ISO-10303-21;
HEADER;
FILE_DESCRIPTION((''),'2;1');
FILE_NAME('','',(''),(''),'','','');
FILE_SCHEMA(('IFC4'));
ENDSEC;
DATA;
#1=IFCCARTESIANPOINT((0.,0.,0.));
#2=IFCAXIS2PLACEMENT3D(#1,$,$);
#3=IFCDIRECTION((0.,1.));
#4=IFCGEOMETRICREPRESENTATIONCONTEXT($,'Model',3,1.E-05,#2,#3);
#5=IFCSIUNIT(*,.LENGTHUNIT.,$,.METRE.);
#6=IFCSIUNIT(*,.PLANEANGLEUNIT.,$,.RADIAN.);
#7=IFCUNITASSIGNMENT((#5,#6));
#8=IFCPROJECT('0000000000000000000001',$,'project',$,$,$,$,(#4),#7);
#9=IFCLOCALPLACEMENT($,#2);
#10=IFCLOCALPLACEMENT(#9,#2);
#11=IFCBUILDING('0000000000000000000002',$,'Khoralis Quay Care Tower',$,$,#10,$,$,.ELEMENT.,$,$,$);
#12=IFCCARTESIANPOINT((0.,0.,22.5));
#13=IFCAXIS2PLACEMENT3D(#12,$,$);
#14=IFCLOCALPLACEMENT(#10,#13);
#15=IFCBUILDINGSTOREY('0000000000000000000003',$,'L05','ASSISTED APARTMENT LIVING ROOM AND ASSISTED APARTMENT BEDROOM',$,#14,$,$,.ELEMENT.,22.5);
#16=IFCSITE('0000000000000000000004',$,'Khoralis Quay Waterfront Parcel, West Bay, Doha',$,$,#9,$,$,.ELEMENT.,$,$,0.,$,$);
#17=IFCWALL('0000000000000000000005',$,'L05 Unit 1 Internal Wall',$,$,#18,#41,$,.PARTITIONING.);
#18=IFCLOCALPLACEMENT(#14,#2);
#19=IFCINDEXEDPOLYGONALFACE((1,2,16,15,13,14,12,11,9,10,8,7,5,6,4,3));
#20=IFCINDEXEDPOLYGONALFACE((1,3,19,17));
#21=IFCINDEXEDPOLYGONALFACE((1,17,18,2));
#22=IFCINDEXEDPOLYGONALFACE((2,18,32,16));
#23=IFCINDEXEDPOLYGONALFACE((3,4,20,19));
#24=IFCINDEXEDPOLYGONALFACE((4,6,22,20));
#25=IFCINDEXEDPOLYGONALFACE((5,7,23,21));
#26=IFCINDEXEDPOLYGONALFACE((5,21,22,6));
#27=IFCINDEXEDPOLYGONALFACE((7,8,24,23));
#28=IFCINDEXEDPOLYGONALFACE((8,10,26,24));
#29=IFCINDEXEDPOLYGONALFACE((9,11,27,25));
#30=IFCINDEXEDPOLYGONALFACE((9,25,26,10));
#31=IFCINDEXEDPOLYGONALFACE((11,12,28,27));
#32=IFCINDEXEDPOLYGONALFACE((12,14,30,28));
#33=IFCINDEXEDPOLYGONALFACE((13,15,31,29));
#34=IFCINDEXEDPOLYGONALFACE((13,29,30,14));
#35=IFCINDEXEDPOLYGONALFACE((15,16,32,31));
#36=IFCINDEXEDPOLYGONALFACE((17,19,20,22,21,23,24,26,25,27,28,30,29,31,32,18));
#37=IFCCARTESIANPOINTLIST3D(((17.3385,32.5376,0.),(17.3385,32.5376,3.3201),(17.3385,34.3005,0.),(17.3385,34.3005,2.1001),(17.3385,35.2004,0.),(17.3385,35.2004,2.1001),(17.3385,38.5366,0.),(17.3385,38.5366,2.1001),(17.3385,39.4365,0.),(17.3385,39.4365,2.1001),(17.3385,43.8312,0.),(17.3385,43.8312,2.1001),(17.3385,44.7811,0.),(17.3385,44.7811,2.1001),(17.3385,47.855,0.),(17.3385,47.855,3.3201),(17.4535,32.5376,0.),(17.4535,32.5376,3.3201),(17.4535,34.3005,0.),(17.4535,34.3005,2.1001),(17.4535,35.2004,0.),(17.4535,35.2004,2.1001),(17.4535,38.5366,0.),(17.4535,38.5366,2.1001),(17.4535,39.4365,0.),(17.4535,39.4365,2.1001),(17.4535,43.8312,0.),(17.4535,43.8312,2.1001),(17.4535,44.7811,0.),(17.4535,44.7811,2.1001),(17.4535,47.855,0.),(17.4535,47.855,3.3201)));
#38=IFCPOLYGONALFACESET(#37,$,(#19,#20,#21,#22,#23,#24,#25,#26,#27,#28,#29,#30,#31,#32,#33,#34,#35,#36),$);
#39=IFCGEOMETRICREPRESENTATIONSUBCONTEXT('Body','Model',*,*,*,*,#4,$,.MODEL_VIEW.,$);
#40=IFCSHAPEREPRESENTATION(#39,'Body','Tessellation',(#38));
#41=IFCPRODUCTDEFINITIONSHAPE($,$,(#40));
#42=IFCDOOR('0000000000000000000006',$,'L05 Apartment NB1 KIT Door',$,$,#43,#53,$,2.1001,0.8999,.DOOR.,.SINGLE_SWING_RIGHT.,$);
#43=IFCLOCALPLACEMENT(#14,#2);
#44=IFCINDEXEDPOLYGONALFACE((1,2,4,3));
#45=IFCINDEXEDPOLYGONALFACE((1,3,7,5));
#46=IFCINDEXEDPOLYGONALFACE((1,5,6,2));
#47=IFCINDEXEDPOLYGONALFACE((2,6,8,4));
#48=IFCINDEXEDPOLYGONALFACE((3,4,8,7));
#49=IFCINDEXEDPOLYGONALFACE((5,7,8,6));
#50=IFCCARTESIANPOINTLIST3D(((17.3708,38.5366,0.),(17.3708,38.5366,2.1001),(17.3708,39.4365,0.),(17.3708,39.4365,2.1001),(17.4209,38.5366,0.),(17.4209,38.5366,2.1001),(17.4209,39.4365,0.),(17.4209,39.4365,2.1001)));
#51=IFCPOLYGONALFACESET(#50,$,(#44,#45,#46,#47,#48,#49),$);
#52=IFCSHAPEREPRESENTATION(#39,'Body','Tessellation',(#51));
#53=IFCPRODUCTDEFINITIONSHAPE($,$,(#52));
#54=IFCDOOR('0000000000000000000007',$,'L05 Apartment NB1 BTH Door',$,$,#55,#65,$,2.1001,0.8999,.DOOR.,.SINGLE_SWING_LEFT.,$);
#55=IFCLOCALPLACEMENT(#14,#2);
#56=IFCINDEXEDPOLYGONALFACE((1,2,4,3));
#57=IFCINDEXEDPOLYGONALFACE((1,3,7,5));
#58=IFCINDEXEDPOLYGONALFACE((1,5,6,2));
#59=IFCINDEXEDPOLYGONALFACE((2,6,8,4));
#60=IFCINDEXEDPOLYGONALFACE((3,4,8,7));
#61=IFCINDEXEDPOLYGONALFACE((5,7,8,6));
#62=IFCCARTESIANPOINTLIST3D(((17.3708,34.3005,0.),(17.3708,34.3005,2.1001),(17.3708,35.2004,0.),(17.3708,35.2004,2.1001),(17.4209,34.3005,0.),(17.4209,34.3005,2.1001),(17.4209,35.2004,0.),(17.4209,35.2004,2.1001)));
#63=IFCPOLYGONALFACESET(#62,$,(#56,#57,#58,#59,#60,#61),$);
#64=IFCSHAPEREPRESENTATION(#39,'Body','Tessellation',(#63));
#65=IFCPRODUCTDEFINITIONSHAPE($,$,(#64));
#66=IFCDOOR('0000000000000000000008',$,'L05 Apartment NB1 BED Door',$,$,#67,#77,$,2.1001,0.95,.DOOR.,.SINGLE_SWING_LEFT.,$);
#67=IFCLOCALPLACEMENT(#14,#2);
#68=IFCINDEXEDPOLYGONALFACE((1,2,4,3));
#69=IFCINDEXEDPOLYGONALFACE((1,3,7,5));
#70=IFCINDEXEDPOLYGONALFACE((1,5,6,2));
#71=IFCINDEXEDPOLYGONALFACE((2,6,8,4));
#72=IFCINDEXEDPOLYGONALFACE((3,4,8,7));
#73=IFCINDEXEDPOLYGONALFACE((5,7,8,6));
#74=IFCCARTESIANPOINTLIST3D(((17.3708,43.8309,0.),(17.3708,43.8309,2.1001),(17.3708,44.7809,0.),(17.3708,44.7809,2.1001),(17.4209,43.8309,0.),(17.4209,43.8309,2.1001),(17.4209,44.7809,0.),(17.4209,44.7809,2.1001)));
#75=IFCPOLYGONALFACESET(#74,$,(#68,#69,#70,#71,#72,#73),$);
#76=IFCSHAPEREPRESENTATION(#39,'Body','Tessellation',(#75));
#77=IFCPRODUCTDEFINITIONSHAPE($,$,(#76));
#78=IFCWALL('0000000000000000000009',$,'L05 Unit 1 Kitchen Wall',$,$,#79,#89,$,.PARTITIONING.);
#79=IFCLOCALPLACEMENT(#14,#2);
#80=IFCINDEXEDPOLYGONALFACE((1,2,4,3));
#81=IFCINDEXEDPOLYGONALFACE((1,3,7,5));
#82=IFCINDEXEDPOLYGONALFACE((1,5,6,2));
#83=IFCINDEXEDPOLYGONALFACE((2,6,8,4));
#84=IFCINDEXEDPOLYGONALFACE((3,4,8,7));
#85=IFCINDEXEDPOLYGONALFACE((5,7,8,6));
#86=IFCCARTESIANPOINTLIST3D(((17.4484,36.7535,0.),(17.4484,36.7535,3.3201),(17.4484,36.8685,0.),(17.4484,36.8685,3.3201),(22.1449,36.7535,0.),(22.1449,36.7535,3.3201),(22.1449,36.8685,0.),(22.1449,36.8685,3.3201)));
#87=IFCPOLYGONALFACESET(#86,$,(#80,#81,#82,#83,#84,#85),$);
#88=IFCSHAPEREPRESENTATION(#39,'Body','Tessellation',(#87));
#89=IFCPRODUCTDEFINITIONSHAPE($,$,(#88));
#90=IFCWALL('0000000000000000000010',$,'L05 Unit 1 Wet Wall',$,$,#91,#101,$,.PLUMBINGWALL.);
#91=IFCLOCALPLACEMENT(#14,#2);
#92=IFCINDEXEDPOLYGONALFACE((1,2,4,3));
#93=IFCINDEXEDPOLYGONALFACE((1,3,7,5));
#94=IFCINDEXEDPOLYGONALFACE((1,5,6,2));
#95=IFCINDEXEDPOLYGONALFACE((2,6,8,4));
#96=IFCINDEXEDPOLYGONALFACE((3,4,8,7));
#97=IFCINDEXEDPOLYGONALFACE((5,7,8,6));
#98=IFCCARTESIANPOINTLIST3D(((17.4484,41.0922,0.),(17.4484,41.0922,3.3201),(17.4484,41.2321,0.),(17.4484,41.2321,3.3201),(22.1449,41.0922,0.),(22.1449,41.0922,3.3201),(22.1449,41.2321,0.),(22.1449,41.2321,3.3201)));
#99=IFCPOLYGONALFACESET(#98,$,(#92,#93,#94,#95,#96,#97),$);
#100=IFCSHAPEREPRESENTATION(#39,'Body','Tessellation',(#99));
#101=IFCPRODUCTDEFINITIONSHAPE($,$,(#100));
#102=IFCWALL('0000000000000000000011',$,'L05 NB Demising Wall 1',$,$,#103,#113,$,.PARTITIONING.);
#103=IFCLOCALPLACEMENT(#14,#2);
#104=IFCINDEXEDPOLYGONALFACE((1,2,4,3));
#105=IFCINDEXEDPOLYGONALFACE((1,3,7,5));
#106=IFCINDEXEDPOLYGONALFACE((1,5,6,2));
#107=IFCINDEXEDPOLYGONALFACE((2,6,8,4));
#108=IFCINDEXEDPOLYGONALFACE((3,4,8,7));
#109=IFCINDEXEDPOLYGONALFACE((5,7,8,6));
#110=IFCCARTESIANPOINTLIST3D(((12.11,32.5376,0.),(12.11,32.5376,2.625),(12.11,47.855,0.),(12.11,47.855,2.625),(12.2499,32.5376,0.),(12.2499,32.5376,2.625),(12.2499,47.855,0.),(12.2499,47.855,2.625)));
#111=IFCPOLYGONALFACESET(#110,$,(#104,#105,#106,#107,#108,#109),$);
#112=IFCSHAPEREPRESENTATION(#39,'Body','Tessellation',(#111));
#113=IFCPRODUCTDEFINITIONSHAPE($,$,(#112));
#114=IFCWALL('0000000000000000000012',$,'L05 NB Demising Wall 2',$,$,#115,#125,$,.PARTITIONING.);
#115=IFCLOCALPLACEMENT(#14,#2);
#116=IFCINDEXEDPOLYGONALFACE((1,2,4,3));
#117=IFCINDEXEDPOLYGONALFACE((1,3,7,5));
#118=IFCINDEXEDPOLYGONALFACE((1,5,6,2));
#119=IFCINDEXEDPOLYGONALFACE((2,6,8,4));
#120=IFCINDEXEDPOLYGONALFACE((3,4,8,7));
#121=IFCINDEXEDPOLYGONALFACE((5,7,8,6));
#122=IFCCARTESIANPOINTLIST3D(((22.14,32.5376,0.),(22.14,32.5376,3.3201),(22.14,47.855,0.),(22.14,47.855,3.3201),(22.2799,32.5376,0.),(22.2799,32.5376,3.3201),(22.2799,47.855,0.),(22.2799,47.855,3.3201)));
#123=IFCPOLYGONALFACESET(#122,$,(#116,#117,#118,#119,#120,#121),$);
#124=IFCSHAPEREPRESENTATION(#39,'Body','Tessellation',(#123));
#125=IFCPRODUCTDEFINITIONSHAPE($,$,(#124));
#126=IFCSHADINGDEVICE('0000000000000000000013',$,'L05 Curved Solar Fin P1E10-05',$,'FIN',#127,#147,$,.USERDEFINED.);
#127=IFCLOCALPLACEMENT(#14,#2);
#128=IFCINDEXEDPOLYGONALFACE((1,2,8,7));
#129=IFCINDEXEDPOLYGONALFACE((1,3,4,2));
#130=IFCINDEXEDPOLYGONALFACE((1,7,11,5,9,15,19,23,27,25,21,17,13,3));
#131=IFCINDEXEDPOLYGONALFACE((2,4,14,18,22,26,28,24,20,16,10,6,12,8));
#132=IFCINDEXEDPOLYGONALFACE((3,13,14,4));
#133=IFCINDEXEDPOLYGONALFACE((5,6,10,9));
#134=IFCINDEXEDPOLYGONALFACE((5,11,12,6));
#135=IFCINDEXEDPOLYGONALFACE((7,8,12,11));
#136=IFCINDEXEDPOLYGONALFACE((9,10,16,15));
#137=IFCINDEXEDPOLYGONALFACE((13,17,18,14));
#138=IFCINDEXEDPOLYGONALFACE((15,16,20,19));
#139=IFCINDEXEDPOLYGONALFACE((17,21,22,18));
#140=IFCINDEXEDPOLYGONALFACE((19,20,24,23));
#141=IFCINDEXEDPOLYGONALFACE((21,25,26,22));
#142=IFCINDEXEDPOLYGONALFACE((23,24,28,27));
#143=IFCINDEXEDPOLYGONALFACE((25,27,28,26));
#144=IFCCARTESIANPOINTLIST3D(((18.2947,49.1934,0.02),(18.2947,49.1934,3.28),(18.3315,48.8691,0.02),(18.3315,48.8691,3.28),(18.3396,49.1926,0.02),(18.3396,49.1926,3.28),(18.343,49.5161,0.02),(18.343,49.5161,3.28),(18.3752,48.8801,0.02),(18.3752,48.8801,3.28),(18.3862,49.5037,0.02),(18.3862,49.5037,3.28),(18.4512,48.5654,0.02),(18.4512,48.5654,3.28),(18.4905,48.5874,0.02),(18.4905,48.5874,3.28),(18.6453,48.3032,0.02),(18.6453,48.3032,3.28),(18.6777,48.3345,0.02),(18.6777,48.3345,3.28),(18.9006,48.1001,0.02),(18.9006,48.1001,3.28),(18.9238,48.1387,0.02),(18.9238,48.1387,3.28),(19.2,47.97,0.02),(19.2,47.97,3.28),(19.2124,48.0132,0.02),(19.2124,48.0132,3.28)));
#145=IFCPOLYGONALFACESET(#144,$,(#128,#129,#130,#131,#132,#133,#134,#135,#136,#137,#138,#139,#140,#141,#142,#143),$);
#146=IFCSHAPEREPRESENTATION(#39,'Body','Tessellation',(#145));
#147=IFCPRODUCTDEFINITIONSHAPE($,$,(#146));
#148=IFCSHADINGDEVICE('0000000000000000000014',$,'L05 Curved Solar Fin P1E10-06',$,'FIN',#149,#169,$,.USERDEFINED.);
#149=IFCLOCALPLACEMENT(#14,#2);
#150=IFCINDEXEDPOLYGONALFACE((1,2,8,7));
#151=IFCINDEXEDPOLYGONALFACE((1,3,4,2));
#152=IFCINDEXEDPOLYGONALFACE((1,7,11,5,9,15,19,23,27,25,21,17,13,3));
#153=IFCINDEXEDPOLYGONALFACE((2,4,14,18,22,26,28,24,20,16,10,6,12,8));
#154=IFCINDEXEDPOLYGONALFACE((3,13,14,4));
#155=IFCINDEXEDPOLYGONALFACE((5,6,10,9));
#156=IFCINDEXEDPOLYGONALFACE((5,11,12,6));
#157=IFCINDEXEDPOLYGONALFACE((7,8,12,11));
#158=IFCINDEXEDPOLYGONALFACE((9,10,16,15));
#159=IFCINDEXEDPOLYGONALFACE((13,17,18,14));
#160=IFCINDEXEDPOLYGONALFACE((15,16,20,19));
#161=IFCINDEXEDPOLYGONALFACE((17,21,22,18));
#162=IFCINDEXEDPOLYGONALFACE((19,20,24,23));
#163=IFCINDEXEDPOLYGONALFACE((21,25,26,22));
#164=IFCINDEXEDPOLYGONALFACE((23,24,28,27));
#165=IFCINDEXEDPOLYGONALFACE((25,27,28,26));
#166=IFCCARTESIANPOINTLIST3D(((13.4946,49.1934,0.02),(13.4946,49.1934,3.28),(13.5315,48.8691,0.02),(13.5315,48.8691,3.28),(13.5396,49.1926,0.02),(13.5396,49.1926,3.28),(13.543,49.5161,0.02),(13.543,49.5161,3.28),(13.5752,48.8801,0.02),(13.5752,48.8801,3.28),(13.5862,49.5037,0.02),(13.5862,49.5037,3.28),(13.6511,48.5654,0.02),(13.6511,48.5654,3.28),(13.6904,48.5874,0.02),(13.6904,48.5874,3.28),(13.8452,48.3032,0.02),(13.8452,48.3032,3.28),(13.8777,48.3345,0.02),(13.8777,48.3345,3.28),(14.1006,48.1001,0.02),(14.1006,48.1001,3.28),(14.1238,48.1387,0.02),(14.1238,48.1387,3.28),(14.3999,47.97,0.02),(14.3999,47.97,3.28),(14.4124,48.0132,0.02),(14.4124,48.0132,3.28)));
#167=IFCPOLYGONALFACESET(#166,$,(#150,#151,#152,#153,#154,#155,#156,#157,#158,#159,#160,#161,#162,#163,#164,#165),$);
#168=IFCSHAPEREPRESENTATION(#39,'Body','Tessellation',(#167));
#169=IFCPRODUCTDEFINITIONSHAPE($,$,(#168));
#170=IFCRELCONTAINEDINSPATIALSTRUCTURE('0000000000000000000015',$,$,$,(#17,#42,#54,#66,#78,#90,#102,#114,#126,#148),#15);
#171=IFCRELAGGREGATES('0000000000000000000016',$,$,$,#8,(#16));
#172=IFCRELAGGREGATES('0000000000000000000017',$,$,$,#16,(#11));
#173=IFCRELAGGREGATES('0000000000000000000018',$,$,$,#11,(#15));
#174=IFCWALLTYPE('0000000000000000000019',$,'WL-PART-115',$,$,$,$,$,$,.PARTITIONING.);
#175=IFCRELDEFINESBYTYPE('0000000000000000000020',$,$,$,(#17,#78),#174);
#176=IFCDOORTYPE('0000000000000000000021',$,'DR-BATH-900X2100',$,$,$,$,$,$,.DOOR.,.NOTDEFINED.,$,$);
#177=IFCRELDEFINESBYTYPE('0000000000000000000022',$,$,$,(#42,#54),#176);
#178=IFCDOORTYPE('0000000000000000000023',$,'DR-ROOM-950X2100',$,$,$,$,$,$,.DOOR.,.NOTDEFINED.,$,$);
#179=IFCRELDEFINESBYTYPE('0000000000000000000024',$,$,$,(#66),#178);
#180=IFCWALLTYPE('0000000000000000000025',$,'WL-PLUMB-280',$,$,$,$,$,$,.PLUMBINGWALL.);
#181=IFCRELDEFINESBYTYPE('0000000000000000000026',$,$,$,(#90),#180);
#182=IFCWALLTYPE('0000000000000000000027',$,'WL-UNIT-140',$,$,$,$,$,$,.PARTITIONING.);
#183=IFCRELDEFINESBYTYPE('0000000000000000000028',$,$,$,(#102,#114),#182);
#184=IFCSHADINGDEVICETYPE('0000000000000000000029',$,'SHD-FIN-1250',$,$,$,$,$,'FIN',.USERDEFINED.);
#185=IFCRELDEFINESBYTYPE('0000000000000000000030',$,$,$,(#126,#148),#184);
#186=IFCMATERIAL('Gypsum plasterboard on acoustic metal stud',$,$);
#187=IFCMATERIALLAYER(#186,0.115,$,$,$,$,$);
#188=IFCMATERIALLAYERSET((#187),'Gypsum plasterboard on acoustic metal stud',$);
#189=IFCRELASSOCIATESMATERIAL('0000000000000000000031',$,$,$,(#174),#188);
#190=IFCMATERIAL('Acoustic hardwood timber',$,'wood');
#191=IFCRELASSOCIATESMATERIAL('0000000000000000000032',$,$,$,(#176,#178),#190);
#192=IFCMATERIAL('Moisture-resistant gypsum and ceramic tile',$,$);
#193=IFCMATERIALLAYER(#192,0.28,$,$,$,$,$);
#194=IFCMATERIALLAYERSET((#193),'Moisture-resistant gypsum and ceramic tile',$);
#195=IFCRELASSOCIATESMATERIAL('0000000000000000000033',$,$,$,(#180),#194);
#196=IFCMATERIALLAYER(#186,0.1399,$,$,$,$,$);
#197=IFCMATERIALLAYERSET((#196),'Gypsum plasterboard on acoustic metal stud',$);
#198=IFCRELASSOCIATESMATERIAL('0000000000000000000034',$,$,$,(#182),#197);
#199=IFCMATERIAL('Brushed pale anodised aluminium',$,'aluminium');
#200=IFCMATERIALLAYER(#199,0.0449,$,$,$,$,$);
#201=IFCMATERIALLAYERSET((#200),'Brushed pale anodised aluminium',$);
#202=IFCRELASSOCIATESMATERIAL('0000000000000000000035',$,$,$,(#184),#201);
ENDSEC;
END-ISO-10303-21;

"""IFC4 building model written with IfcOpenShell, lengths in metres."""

from ifc_helpers import new_model, si_unit, direction, frame, frame_2d, origin, place, context, subcontext, project, spatial, polyline, rectangle, outline, extrude, source, transform, mapped, material, layer, layer_set, type_object, element, fill, save


model = new_model("IFC4")

# Units and contexts
model_context = context("Model", 3, precision=1e-05, world=origin(), true_north=direction((0.0, 1.0)))
body_context = subcontext(model_context, "Body", "Model", "MODEL_VIEW")
ifc_project = project(units=[si_unit("LENGTHUNIT", "METRE"), si_unit("PLANEANGLEUNIT", "RADIAN")], contexts=[model_context])

# Site, building, storey
site_placement = place(None, origin())
site = spatial("IfcSite", under=ifc_project, at=site_placement, Name="Khoralis Quay Waterfront Parcel, West Bay, Doha", CompositionType="ELEMENT", RefElevation=0.0)
building_placement = place(site_placement, origin())
building = spatial("IfcBuilding", under=site, at=building_placement, Name="Khoralis Quay Care Tower", CompositionType="ELEMENT")
storey_placement = place(building_placement, frame((0.0, 0.0, 22.5)))
storey = spatial("IfcBuildingStorey", under=building, at=storey_placement, Name="L05", Description="ASSISTED APARTMENT LIVING ROOM AND ASSISTED APARTMENT BEDROOM", CompositionType="ELEMENT", Elevation=22.5)

# Wall, openings, doors
ifc_material_1 = material(Name="Gypsum plasterboard on acoustic metal stud")
ifc_layer_1 = layer(ifc_material_1, 0.115)
ifc_layer_set_1 = layer_set([ifc_layer_1], Name="Gypsum plasterboard on acoustic metal stud")
wall_type_1 = type_object("IfcWallType", Name="WL-PART-115", PredefinedType="PARTITIONING", material=ifc_layer_set_1)
wall_1_placement = place(storey_placement, frame((17.396, 32.5376, 0.0), z_axis=(0.0, 0.0, 1.0), x_axis=(0.0, 1.0, 0.0)))
wall_1 = element("IfcWall", 1, at=wall_1_placement, inside=storey, type_object=wall_type_1, Name="L05 Unit 1 Internal Wall", PredefinedType="PARTITIONING", context=body_context, shape_type="SweptSolid", body=[
    extrude(rectangle(XDim=15.3174, YDim=0.115, at=frame_2d((7.6587, 0.0))), origin(), (0.0, 0.0, 1.0), 3.3201),
])
opening_1_placement = place(wall_1_placement, frame((11.2935, 0.0, 0.0)))
opening_1 = element("IfcOpeningElement", 2, at=opening_1_placement, cuts=wall_1, PredefinedType="OPENING", context=body_context, shape_type="SweptSolid", body=[
    extrude(rectangle(XDim=0.95, YDim=2.1001, at=frame_2d((0.4751, 1.05))), frame((0.0, 0.0674, 0.0), z_axis=(0.0, -1.0, 0.0), x_axis=(1.0, 0.0, 0.0)), (0.0, 0.0, 1.0), 0.135),
])
opening_2_placement = place(wall_1_placement, frame((5.999, 0.0, 0.0)))
opening_2 = element("IfcOpeningElement", 3, at=opening_2_placement, cuts=wall_1, PredefinedType="OPENING", context=body_context, shape_type="SweptSolid", body=[
    extrude(rectangle(XDim=0.8999, YDim=2.1001, at=frame_2d((0.45, 1.05))), frame((0.0, 0.0674, 0.0), z_axis=(0.0, -1.0, 0.0), x_axis=(1.0, 0.0, 0.0)), (0.0, 0.0, 1.0), 0.135),
])
opening_3_placement = place(wall_1_placement, frame((1.7629, 0.0, 0.0)))
opening_3 = element("IfcOpeningElement", 4, at=opening_3_placement, cuts=wall_1, PredefinedType="OPENING", context=body_context, shape_type="SweptSolid", body=[
    extrude(rectangle(XDim=0.8999, YDim=2.1001, at=frame_2d((0.45, 1.05))), frame((0.0, 0.0674, 0.0), z_axis=(0.0, -1.0, 0.0), x_axis=(1.0, 0.0, 0.0)), (0.0, 0.0, 1.0), 0.135),
])
ifc_material_2 = material(Name="Acoustic hardwood timber", Category="wood")
door_type_1 = type_object("IfcDoorType", Name="DR-BATH-900X2100", OperationType="NOTDEFINED", PredefinedType="DOOR", material=ifc_material_2)
shared_shape_1 = source(origin(), body_context, "Body", "SweptSolid", [
    extrude(rectangle(XDim=0.8999, YDim=2.1001, at=frame_2d((0.45, 1.05))), frame((0.0, 0.0249, 0.0), z_axis=(0.0, -1.0, 0.0), x_axis=(1.0, 0.0, 0.0)), (0.0, 0.0, 1.0), 0.05),
])
door_1_placement = place(opening_2_placement, frame((0.8999, 0.0, 0.0), z_axis=(0.0, 0.0, 1.0), x_axis=(-1.0, 0.0, 0.0)))
door_1 = element("IfcDoor", 5, at=door_1_placement, inside=storey, type_object=door_type_1, Name="L05 Apartment NB1 KIT Door", OperationType="SINGLE_SWING_RIGHT", OverallHeight=2.1001, OverallWidth=0.8999, PredefinedType="DOOR", context=body_context, shape_type="MappedRepresentation", body=[
    mapped(shared_shape_1, transform((0.0, 0.0, 0.0), scale=1.0)),
])
fill(opening_2, door_1)
door_2_placement = place(opening_3_placement, frame((0.8999, 0.0, 0.0), z_axis=(0.0, 0.0, 1.0), x_axis=(-1.0, 0.0, 0.0)))
door_2 = element("IfcDoor", 6, at=door_2_placement, inside=storey, type_object=door_type_1, Name="L05 Apartment NB1 BTH Door", OperationType="SINGLE_SWING_LEFT", OverallHeight=2.1001, OverallWidth=0.8999, PredefinedType="DOOR", context=body_context, shape_type="MappedRepresentation", body=[
    mapped(shared_shape_1, transform((0.0, 0.0, 0.0), scale=1.0)),
])
fill(opening_3, door_2)
door_type_2 = type_object("IfcDoorType", Name="DR-ROOM-950X2100", OperationType="NOTDEFINED", PredefinedType="DOOR", material=ifc_material_2)
shared_shape_2 = source(origin(), body_context, "Body", "SweptSolid", [
    extrude(rectangle(XDim=0.95, YDim=2.1001, at=frame_2d((0.4751, 1.05))), frame((0.0, 0.0249, 0.0), z_axis=(0.0, -1.0, 0.0), x_axis=(1.0, 0.0, 0.0)), (0.0, 0.0, 1.0), 0.05),
])
door_3_placement = place(opening_1_placement, frame((0.95, 0.0, 0.0), z_axis=(0.0, 0.0, 1.0), x_axis=(-1.0, 0.0, 0.0)))
door_3 = element("IfcDoor", 7, at=door_3_placement, inside=storey, type_object=door_type_2, Name="L05 Apartment NB1 BED Door", OperationType="SINGLE_SWING_LEFT", OverallHeight=2.1001, OverallWidth=0.95, PredefinedType="DOOR", context=body_context, shape_type="MappedRepresentation", body=[
    mapped(shared_shape_2, transform((0.0, 0.0, 0.0), scale=1.0)),
])
fill(opening_1, door_3)

# Walls
wall_2_placement = place(storey_placement, frame((17.4485, 36.811, 0.0), z_axis=(0.0, 0.0, 1.0), x_axis=(1.0, 0.0, 0.0)))
element("IfcWall", 8, at=wall_2_placement, inside=storey, type_object=wall_type_1, Name="L05 Unit 1 Kitchen Wall", PredefinedType="PARTITIONING", context=body_context, shape_type="SweptSolid", body=[
    extrude(rectangle(XDim=4.6965, YDim=0.115, at=frame_2d((2.3481, 0.0))), origin(), (0.0, 0.0, 1.0), 3.3201),
])
ifc_material_3 = material(Name="Moisture-resistant gypsum and ceramic tile")
ifc_layer_2 = layer(ifc_material_3, 0.28)
ifc_layer_set_2 = layer_set([ifc_layer_2], Name="Moisture-resistant gypsum and ceramic tile")
wall_type_2 = type_object("IfcWallType", Name="WL-PLUMB-280", PredefinedType="PLUMBINGWALL", material=ifc_layer_set_2)
wall_3_placement = place(storey_placement, frame((17.4485, 41.1621, 0.0), z_axis=(0.0, 0.0, 1.0), x_axis=(1.0, 0.0, 0.0)))
element("IfcWall", 9, at=wall_3_placement, inside=storey, type_object=wall_type_2, Name="L05 Unit 1 Wet Wall", PredefinedType="PLUMBINGWALL", context=body_context, shape_type="SweptSolid", body=[
    extrude(rectangle(XDim=4.6965, YDim=0.1399, at=frame_2d((2.3481, 0.0))), origin(), (0.0, 0.0, 1.0), 3.3201),
])
ifc_layer_3 = layer(ifc_material_1, 0.1399)
ifc_layer_set_3 = layer_set([ifc_layer_3], Name="Gypsum plasterboard on acoustic metal stud")
wall_type_3 = type_object("IfcWallType", Name="WL-UNIT-140", PredefinedType="PARTITIONING", material=ifc_layer_set_3)
wall_4_placement = place(storey_placement, frame((12.1799, 32.5376, 0.0), z_axis=(0.0, 0.0, 1.0), x_axis=(0.0, 1.0, 0.0)))
element("IfcWall", 10, at=wall_4_placement, inside=storey, type_object=wall_type_3, Name="L05 NB Demising Wall 1", PredefinedType="PARTITIONING", context=body_context, shape_type="SweptSolid", body=[
    extrude(rectangle(XDim=15.3174, YDim=0.1399, at=frame_2d((7.6587, 0.0))), origin(), (0.0, 0.0, 1.0), 2.625),
])
wall_5_placement = place(storey_placement, frame((22.21, 32.5376, 0.0), z_axis=(0.0, 0.0, 1.0), x_axis=(0.0, 1.0, 0.0)))
element("IfcWall", 11, at=wall_5_placement, inside=storey, type_object=wall_type_3, Name="L05 NB Demising Wall 2", PredefinedType="PARTITIONING", context=body_context, shape_type="SweptSolid", body=[
    extrude(rectangle(XDim=15.3174, YDim=0.1399, at=frame_2d((7.6587, 0.0))), origin(), (0.0, 0.0, 1.0), 3.3201),
])

# Shading devices
ifc_material_4 = material(Name="Brushed pale anodised aluminium", Category="aluminium")
ifc_layer_4 = layer(ifc_material_4, 0.0449)
ifc_layer_set_4 = layer_set([ifc_layer_4], Name="Brushed pale anodised aluminium")
shading_device_type = type_object("IfcShadingDeviceType", Name="SHD-FIN-1250", ElementType="FIN", PredefinedType="USERDEFINED", material=ifc_layer_set_4)
shared_shape_3 = source(origin(), body_context, "Body", "SweptSolid", [
    extrude(outline(polyline([(0.0, 0.0), (0.1301, 0.2993), (0.3333, 0.5547), (0.5955, 0.7488), (0.8992, 0.8684), (1.2234, 0.9053), (1.5461, 0.8569), (1.5337, 0.8137), (1.2227, 0.8604), (0.9102, 0.8247), (0.6174, 0.7095), (0.3645, 0.5222), (0.1687, 0.2761), (0.0432, -0.0125), (0.0, 0.0)])), origin(), (0.0, 0.0, 1.0), 3.26),
])
for number, where, z_axis, x_axis, name in (
    (12, (19.2, 47.97, 0.02), (0.0, 0.0, 1.0), (0.0, 1.0, 0.0), "L05 Curved Solar Fin P1E10-05"),
    (13, (14.3999, 47.97, 0.02), (0.0, 0.0, 1.0), (0.0, 1.0, 0.0), "L05 Curved Solar Fin P1E10-06"),
):
    element("IfcShadingDevice", number, at=place(storey_placement, frame(where, z_axis=z_axis, x_axis=x_axis)), inside=storey, type_object=shading_device_type, Name=name, ObjectType="FIN", PredefinedType="USERDEFINED", context=body_context, shape_type="MappedRepresentation", body=[
        mapped(shared_shape_3, transform((0.0, 0.0, 0.0), scale=1.0)),
    ])

save(model, "model.ifc")
